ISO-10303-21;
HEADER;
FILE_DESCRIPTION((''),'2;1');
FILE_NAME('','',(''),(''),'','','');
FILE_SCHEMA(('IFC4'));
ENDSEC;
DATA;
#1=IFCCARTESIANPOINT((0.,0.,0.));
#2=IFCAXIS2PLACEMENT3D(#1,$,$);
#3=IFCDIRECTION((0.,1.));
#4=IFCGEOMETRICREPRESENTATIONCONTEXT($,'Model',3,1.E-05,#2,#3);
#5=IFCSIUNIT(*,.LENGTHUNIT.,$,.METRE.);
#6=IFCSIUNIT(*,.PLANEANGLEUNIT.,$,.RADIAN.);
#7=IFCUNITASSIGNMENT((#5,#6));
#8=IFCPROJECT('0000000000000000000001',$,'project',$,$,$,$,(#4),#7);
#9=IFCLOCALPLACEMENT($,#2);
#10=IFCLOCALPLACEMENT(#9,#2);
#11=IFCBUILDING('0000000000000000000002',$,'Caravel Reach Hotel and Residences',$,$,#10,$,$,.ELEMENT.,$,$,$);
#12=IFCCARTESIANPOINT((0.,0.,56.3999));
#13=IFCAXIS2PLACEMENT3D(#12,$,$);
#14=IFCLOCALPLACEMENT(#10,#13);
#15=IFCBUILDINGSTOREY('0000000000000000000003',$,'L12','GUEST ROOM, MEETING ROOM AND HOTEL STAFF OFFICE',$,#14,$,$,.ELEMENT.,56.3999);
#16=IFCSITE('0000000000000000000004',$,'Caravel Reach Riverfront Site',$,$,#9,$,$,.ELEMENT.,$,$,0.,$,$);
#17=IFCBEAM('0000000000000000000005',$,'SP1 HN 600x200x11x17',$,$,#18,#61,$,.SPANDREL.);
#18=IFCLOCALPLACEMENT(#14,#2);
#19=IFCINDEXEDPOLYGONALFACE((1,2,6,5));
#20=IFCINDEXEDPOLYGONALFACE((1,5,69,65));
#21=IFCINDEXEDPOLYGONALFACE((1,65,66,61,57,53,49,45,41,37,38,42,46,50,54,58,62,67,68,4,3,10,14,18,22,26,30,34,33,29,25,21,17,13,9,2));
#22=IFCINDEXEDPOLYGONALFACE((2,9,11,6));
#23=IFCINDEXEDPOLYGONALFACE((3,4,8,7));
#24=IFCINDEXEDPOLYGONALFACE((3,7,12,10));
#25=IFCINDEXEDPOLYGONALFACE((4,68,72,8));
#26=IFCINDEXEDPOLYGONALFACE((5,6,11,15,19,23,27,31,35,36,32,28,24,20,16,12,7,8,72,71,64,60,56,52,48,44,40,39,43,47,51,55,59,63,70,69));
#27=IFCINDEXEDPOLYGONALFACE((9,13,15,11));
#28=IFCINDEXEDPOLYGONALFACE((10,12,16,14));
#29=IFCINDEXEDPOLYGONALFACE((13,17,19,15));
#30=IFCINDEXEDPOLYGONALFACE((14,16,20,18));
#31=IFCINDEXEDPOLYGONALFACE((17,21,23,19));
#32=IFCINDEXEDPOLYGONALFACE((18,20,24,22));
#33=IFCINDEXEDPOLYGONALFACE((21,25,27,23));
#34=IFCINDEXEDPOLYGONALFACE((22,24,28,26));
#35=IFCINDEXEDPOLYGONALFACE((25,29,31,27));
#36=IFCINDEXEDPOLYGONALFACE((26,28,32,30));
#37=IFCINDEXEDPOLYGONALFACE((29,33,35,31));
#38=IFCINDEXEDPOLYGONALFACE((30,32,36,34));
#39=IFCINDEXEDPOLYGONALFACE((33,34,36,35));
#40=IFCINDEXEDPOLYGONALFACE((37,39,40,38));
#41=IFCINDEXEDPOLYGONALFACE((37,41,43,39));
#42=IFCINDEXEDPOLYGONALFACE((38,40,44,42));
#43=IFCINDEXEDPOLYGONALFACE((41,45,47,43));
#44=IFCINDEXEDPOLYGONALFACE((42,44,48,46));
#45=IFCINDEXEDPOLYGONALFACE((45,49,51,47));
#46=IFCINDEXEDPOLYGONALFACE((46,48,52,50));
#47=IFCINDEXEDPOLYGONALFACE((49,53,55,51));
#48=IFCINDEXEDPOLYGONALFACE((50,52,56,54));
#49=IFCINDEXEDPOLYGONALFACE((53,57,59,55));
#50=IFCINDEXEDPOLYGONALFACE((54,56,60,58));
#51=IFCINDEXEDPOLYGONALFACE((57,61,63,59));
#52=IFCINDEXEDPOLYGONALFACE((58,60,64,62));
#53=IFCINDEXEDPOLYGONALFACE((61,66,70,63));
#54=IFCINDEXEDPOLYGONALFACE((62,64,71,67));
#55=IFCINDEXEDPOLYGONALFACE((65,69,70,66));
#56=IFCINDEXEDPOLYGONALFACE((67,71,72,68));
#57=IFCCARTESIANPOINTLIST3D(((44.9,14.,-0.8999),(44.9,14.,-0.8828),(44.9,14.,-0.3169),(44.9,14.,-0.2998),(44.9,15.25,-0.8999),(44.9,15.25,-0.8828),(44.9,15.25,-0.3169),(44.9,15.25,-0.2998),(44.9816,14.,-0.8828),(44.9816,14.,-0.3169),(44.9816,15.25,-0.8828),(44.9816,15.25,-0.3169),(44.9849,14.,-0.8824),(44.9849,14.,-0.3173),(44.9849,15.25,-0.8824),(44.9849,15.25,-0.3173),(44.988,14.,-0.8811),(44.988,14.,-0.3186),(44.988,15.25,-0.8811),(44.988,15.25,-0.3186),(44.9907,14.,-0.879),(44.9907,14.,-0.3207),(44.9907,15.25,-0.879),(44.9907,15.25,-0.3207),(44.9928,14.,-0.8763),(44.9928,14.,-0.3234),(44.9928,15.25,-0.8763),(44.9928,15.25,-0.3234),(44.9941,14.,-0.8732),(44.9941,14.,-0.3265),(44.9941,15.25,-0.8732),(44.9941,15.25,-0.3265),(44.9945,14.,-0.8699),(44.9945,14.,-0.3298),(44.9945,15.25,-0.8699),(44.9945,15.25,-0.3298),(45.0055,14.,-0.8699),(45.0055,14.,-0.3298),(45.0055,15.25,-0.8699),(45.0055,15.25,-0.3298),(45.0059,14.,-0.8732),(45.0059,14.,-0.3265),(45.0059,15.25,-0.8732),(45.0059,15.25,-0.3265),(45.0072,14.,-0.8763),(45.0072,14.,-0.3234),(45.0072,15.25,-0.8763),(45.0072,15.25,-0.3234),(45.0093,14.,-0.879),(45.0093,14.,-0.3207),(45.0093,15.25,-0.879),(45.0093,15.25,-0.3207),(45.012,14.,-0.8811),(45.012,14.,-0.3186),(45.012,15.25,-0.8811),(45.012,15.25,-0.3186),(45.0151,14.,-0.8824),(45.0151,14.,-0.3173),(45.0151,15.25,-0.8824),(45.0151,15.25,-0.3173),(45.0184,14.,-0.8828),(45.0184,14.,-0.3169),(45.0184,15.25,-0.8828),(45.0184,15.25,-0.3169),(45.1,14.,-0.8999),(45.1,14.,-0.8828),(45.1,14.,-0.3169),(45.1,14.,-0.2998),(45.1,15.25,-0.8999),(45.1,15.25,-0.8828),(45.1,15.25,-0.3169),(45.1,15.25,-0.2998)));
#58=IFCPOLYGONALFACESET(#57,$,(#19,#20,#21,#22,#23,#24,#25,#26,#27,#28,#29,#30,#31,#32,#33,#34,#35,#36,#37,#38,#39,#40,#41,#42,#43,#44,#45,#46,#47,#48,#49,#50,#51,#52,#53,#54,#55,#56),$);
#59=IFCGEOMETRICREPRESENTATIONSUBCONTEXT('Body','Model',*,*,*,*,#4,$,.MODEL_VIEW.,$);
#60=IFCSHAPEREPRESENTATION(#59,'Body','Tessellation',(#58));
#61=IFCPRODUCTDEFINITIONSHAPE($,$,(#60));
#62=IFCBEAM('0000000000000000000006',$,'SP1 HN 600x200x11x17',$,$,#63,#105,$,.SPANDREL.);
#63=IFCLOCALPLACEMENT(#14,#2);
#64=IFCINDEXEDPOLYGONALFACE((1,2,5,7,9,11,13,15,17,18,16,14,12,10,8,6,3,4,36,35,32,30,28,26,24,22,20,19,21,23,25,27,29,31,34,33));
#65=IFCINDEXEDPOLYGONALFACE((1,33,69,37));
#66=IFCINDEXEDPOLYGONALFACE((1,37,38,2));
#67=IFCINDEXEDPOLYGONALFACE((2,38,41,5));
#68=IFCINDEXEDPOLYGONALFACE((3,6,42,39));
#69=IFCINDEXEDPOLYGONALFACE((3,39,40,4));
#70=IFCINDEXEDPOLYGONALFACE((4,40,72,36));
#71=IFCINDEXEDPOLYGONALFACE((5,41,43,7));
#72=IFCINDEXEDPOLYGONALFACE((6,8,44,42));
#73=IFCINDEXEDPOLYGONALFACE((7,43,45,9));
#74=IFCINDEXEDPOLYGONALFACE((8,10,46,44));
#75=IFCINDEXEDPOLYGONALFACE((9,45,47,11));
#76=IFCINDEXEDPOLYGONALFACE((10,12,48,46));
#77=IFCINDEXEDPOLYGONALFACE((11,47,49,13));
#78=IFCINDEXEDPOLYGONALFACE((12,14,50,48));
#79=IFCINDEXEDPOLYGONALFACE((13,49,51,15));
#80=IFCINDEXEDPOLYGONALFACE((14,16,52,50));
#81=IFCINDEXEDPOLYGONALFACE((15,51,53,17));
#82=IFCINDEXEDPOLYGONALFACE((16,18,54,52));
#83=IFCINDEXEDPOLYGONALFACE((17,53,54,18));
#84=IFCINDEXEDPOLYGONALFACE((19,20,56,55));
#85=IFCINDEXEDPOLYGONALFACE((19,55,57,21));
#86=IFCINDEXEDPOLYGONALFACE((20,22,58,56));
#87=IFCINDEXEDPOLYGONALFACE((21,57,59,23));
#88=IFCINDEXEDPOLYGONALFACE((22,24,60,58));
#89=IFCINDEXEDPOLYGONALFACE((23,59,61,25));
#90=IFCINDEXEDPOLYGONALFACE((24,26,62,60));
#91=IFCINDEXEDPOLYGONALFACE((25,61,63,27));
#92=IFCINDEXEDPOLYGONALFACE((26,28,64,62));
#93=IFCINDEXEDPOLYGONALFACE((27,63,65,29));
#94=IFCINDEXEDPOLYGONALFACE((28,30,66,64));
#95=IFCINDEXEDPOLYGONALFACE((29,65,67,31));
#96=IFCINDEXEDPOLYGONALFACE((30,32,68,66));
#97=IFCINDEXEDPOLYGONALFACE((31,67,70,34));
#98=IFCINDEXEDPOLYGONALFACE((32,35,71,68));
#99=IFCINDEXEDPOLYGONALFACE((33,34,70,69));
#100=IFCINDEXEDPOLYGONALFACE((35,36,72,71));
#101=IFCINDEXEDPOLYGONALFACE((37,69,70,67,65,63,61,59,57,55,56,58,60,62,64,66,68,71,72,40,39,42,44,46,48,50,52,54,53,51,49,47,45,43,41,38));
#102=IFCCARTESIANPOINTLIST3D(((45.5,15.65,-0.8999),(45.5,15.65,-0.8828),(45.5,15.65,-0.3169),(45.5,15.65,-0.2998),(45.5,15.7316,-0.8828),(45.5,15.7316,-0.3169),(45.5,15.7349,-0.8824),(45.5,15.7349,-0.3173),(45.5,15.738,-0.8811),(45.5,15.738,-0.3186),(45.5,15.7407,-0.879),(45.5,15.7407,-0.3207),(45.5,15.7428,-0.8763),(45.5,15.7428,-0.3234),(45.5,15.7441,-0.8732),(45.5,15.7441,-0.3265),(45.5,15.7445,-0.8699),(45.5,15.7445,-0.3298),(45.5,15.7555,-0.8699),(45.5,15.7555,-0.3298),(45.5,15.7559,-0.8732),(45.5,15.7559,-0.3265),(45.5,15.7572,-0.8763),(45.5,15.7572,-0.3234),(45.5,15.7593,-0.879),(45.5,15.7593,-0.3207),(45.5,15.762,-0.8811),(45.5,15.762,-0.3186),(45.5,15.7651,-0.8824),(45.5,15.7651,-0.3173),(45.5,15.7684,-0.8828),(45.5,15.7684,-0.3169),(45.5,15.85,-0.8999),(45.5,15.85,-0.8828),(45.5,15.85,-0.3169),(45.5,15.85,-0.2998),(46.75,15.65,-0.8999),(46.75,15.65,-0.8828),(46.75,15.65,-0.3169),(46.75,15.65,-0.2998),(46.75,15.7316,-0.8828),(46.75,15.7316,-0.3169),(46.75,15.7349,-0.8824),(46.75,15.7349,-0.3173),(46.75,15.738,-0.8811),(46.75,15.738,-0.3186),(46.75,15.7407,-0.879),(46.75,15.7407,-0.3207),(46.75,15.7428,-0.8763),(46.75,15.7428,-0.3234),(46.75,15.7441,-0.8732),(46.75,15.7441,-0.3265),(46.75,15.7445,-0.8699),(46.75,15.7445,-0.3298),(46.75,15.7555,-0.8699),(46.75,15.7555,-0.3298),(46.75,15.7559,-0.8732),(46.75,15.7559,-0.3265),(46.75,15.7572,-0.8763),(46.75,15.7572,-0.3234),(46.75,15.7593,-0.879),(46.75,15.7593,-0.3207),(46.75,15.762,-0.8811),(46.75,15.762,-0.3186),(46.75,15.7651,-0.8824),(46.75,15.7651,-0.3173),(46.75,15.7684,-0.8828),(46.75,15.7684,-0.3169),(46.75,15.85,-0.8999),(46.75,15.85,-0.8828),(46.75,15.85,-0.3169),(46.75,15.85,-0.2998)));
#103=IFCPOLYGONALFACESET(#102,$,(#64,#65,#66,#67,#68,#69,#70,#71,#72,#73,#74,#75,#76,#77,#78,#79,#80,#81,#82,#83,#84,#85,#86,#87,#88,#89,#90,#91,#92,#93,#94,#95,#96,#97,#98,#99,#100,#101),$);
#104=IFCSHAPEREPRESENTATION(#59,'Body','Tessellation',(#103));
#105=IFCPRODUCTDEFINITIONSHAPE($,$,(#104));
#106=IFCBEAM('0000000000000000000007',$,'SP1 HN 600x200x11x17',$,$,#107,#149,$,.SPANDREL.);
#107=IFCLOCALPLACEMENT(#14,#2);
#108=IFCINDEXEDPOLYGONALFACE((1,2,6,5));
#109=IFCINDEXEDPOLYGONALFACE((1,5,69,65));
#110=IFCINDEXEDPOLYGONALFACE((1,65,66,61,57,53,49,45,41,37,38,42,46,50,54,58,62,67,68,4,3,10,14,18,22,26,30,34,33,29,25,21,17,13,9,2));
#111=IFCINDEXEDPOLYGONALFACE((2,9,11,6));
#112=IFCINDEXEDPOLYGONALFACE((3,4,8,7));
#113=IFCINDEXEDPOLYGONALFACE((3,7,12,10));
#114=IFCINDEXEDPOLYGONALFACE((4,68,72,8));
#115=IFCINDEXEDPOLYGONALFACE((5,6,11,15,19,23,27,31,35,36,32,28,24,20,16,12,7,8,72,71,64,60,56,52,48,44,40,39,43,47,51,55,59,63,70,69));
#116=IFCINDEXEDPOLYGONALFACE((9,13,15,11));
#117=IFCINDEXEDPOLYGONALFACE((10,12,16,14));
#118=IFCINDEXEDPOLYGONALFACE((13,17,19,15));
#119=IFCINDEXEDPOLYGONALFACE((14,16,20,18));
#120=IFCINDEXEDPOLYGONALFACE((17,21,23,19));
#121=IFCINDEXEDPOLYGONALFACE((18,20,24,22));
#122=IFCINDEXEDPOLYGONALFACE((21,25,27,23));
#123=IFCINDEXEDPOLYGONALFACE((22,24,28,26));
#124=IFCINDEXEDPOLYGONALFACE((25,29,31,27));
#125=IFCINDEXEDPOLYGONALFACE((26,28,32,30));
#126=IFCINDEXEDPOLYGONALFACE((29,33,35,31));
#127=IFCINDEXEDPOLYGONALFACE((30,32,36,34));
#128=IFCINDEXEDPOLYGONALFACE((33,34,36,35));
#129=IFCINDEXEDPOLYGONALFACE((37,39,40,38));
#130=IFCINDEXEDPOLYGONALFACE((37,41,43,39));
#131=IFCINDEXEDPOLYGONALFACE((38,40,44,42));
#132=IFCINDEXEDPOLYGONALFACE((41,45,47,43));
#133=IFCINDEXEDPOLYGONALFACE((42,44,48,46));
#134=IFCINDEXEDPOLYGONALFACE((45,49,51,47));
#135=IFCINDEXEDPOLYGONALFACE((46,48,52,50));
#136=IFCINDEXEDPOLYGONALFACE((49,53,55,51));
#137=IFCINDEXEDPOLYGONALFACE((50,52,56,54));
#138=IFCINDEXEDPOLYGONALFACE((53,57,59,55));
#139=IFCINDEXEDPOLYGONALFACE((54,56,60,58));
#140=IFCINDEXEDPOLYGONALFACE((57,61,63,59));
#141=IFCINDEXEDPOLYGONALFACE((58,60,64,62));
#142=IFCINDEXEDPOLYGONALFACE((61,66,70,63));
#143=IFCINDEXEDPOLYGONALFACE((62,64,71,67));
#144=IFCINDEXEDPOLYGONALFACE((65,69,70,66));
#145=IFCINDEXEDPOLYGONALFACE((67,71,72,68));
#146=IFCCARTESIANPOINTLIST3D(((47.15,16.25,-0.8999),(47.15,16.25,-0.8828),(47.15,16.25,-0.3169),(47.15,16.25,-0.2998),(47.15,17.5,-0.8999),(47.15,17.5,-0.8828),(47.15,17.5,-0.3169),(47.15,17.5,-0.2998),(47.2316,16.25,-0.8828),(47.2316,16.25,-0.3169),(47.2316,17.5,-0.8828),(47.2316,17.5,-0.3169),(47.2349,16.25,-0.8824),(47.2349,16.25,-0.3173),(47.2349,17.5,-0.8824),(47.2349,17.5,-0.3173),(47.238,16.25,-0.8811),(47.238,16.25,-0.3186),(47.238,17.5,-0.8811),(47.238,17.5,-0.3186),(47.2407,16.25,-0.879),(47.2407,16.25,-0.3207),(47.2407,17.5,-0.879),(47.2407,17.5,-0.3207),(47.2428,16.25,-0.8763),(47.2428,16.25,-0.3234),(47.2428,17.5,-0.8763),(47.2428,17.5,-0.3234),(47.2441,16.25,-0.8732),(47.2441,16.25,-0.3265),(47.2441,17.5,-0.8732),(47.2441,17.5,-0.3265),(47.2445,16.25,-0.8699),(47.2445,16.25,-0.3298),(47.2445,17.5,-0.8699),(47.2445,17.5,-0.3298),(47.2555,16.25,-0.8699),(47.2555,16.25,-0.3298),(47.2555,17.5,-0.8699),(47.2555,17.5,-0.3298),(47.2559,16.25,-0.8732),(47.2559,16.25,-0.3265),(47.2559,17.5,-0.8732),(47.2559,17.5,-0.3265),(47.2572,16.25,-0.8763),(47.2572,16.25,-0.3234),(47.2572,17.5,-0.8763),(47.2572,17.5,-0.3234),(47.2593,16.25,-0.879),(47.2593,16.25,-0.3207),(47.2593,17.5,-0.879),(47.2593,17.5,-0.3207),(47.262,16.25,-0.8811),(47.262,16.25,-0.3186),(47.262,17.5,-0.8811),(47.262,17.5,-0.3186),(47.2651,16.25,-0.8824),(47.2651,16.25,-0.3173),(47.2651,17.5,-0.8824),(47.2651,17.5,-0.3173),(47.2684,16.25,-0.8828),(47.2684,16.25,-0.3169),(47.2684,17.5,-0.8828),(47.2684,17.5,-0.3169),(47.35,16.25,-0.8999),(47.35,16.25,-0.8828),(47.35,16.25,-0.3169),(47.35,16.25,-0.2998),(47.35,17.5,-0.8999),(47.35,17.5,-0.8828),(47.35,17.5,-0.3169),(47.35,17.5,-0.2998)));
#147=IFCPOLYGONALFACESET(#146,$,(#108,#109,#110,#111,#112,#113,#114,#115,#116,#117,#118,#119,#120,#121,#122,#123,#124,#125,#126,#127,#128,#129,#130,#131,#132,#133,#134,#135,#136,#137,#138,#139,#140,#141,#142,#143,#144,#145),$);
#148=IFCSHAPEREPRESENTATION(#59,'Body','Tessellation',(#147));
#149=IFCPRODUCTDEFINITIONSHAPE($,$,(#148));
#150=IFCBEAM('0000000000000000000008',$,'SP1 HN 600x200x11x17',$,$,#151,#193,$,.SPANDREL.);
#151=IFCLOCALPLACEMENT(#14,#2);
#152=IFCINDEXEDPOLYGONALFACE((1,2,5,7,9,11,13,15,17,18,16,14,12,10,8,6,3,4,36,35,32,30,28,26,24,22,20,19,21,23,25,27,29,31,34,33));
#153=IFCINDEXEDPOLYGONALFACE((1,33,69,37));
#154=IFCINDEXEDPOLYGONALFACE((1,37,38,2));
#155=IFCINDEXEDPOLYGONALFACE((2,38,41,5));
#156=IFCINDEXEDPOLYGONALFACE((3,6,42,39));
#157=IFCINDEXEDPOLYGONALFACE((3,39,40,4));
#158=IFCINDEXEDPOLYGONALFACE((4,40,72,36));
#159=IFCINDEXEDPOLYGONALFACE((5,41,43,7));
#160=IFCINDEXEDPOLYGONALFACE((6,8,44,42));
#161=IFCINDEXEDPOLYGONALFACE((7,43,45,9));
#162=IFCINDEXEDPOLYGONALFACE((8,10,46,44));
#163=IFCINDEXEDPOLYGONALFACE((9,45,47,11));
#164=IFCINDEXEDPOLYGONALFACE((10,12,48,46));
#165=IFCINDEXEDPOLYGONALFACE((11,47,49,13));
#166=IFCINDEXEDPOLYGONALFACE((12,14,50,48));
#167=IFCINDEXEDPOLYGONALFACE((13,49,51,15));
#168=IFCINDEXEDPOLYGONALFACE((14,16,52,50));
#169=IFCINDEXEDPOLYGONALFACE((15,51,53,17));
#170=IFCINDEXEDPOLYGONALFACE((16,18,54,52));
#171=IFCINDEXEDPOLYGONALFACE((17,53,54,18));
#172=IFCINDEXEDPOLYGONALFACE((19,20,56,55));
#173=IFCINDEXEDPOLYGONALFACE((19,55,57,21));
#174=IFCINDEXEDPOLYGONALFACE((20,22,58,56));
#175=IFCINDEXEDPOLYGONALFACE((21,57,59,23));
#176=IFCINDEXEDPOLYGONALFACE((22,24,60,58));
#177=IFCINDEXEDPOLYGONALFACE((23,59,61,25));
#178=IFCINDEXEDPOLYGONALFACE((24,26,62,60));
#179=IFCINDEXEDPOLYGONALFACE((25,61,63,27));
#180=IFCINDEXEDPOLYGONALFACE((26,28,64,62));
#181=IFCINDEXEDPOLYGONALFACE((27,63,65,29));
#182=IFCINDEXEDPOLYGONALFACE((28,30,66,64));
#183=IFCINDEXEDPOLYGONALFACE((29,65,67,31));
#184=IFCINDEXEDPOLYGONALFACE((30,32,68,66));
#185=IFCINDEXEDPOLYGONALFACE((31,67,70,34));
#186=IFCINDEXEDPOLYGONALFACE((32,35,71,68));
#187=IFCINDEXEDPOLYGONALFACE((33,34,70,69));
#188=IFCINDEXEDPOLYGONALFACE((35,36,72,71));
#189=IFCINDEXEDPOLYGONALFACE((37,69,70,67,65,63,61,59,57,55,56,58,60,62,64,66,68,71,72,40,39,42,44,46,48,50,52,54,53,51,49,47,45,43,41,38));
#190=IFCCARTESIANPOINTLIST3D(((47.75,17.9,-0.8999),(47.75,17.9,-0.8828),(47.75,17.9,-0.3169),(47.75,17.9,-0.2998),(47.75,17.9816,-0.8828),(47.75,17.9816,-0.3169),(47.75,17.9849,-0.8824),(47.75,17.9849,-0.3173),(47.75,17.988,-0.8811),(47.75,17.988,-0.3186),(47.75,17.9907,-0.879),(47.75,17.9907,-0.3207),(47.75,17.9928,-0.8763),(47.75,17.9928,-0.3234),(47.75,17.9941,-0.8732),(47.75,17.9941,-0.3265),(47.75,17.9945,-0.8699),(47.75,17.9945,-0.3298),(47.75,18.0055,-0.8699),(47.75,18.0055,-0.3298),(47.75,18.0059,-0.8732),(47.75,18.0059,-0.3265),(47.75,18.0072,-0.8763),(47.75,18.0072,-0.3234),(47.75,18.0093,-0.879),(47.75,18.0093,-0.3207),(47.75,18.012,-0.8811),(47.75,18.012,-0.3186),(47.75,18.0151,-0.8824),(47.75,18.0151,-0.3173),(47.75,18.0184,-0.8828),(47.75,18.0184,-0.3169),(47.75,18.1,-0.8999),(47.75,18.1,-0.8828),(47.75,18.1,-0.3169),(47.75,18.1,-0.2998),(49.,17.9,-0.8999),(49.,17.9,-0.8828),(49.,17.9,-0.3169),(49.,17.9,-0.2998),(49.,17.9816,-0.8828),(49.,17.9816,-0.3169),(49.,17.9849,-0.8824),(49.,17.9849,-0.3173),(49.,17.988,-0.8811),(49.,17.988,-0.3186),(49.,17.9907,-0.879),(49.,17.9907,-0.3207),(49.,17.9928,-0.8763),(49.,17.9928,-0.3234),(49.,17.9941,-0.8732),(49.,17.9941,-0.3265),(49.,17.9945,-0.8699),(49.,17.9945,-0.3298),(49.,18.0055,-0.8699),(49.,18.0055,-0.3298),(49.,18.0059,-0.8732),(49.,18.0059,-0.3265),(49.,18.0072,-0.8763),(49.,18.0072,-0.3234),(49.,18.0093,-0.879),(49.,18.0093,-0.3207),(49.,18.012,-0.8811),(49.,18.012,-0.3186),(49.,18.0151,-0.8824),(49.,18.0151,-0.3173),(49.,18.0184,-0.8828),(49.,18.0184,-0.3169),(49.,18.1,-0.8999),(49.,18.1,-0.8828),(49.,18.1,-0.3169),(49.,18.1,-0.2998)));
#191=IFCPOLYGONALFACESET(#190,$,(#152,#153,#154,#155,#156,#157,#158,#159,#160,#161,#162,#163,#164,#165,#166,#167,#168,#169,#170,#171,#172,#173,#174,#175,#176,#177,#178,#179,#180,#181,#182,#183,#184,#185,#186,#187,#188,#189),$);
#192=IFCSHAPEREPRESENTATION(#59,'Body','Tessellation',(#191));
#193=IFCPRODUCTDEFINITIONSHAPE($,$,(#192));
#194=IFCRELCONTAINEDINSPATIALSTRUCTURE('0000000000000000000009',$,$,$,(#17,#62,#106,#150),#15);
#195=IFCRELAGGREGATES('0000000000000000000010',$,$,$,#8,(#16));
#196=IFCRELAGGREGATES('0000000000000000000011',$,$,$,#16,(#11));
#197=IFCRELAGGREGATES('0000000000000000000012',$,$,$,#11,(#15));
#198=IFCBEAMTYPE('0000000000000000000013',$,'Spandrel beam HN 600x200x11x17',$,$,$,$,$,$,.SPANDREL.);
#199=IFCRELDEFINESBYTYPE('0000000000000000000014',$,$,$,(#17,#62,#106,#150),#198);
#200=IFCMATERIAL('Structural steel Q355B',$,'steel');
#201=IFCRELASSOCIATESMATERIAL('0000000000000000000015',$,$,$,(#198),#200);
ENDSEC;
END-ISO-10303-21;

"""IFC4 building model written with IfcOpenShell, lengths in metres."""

from ifc_helpers import new_model, si_unit, direction, frame, origin, origin_2d, place, context, subcontext, project, spatial, i_section, extrude, material, material_profile, profile_set, type_object, element, save


model = new_model("IFC4")

# Units and contexts
model_context = context("Model", 3, precision=1e-05, world=origin(), true_north=direction((0.0, 1.0)))
body_context = subcontext(model_context, "Body", "Model", "MODEL_VIEW")
ifc_project = project(units=[si_unit("LENGTHUNIT", "METRE"), si_unit("PLANEANGLEUNIT", "RADIAN")], contexts=[model_context])

# Site, building, storey
site_placement = place(None, origin())
site = spatial("IfcSite", under=ifc_project, at=site_placement, Name="Caravel Reach Riverfront Site", CompositionType="ELEMENT", RefElevation=0.0)
building_placement = place(site_placement, origin())
building = spatial("IfcBuilding", under=site, at=building_placement, Name="Caravel Reach Hotel and Residences", CompositionType="ELEMENT")
storey_placement = place(building_placement, frame((0.0, 0.0, 56.3999)))
storey = spatial("IfcBuildingStorey", under=building, at=storey_placement, Name="L12", Description="GUEST ROOM, MEETING ROOM AND HOTEL STAFF OFFICE", CompositionType="ELEMENT", Elevation=56.3999)

# Beams
ifc_material_1 = material(Name="Structural steel Q355B", Category="steel")
ifc_material_profile_1 = material_profile(ifc_material_1, i_section(OverallWidth=0.2, OverallDepth=0.6001, WebThickness=0.011, FlangeThickness=0.0171, FilletRadius=0.0129, at=origin_2d()), Name="HN 600x200x11x17")
ifc_profile_set_1 = profile_set([ifc_material_profile_1], Name="Structural steel Q355B")
beam_type_1 = type_object("IfcBeamType", Name="Spandrel beam HN 600x200x11x17", PredefinedType="SPANDREL", material=ifc_profile_set_1)
for number, where, z_axis, x_axis, name in (
    (1, (45.0, 14.0, -0.5999), (0.0, 1.0, 0.0), (-1.0, 0.0, 0.0), "SP1 HN 600x200x11x17"),
    (2, (45.5, 15.75, -0.5999), (1.0, 0.0, 0.0), (0.0, 1.0, 0.0), "SP1 HN 600x200x11x17"),
    (3, (47.25, 16.25, -0.5999), (0.0, 1.0, 0.0), (-1.0, 0.0, 0.0), "SP1 HN 600x200x11x17"),
    (4, (47.75, 18.0, -0.5999), (1.0, 0.0, 0.0), (0.0, 1.0, 0.0), "SP1 HN 600x200x11x17"),
):
    element("IfcBeam", number, at=place(storey_placement, frame(where, z_axis=z_axis, x_axis=x_axis)), inside=storey, type_object=beam_type_1, Name=name, PredefinedType="SPANDREL", context=body_context, shape_type="SweptSolid", body=[
        extrude(i_section(OverallWidth=0.2, OverallDepth=0.6001, WebThickness=0.011, FlangeThickness=0.0171, FilletRadius=0.0129, at=origin_2d()), origin(), (0.0, 0.0, 1.0), 1.25),
    ])

save(model, "model.ifc")
